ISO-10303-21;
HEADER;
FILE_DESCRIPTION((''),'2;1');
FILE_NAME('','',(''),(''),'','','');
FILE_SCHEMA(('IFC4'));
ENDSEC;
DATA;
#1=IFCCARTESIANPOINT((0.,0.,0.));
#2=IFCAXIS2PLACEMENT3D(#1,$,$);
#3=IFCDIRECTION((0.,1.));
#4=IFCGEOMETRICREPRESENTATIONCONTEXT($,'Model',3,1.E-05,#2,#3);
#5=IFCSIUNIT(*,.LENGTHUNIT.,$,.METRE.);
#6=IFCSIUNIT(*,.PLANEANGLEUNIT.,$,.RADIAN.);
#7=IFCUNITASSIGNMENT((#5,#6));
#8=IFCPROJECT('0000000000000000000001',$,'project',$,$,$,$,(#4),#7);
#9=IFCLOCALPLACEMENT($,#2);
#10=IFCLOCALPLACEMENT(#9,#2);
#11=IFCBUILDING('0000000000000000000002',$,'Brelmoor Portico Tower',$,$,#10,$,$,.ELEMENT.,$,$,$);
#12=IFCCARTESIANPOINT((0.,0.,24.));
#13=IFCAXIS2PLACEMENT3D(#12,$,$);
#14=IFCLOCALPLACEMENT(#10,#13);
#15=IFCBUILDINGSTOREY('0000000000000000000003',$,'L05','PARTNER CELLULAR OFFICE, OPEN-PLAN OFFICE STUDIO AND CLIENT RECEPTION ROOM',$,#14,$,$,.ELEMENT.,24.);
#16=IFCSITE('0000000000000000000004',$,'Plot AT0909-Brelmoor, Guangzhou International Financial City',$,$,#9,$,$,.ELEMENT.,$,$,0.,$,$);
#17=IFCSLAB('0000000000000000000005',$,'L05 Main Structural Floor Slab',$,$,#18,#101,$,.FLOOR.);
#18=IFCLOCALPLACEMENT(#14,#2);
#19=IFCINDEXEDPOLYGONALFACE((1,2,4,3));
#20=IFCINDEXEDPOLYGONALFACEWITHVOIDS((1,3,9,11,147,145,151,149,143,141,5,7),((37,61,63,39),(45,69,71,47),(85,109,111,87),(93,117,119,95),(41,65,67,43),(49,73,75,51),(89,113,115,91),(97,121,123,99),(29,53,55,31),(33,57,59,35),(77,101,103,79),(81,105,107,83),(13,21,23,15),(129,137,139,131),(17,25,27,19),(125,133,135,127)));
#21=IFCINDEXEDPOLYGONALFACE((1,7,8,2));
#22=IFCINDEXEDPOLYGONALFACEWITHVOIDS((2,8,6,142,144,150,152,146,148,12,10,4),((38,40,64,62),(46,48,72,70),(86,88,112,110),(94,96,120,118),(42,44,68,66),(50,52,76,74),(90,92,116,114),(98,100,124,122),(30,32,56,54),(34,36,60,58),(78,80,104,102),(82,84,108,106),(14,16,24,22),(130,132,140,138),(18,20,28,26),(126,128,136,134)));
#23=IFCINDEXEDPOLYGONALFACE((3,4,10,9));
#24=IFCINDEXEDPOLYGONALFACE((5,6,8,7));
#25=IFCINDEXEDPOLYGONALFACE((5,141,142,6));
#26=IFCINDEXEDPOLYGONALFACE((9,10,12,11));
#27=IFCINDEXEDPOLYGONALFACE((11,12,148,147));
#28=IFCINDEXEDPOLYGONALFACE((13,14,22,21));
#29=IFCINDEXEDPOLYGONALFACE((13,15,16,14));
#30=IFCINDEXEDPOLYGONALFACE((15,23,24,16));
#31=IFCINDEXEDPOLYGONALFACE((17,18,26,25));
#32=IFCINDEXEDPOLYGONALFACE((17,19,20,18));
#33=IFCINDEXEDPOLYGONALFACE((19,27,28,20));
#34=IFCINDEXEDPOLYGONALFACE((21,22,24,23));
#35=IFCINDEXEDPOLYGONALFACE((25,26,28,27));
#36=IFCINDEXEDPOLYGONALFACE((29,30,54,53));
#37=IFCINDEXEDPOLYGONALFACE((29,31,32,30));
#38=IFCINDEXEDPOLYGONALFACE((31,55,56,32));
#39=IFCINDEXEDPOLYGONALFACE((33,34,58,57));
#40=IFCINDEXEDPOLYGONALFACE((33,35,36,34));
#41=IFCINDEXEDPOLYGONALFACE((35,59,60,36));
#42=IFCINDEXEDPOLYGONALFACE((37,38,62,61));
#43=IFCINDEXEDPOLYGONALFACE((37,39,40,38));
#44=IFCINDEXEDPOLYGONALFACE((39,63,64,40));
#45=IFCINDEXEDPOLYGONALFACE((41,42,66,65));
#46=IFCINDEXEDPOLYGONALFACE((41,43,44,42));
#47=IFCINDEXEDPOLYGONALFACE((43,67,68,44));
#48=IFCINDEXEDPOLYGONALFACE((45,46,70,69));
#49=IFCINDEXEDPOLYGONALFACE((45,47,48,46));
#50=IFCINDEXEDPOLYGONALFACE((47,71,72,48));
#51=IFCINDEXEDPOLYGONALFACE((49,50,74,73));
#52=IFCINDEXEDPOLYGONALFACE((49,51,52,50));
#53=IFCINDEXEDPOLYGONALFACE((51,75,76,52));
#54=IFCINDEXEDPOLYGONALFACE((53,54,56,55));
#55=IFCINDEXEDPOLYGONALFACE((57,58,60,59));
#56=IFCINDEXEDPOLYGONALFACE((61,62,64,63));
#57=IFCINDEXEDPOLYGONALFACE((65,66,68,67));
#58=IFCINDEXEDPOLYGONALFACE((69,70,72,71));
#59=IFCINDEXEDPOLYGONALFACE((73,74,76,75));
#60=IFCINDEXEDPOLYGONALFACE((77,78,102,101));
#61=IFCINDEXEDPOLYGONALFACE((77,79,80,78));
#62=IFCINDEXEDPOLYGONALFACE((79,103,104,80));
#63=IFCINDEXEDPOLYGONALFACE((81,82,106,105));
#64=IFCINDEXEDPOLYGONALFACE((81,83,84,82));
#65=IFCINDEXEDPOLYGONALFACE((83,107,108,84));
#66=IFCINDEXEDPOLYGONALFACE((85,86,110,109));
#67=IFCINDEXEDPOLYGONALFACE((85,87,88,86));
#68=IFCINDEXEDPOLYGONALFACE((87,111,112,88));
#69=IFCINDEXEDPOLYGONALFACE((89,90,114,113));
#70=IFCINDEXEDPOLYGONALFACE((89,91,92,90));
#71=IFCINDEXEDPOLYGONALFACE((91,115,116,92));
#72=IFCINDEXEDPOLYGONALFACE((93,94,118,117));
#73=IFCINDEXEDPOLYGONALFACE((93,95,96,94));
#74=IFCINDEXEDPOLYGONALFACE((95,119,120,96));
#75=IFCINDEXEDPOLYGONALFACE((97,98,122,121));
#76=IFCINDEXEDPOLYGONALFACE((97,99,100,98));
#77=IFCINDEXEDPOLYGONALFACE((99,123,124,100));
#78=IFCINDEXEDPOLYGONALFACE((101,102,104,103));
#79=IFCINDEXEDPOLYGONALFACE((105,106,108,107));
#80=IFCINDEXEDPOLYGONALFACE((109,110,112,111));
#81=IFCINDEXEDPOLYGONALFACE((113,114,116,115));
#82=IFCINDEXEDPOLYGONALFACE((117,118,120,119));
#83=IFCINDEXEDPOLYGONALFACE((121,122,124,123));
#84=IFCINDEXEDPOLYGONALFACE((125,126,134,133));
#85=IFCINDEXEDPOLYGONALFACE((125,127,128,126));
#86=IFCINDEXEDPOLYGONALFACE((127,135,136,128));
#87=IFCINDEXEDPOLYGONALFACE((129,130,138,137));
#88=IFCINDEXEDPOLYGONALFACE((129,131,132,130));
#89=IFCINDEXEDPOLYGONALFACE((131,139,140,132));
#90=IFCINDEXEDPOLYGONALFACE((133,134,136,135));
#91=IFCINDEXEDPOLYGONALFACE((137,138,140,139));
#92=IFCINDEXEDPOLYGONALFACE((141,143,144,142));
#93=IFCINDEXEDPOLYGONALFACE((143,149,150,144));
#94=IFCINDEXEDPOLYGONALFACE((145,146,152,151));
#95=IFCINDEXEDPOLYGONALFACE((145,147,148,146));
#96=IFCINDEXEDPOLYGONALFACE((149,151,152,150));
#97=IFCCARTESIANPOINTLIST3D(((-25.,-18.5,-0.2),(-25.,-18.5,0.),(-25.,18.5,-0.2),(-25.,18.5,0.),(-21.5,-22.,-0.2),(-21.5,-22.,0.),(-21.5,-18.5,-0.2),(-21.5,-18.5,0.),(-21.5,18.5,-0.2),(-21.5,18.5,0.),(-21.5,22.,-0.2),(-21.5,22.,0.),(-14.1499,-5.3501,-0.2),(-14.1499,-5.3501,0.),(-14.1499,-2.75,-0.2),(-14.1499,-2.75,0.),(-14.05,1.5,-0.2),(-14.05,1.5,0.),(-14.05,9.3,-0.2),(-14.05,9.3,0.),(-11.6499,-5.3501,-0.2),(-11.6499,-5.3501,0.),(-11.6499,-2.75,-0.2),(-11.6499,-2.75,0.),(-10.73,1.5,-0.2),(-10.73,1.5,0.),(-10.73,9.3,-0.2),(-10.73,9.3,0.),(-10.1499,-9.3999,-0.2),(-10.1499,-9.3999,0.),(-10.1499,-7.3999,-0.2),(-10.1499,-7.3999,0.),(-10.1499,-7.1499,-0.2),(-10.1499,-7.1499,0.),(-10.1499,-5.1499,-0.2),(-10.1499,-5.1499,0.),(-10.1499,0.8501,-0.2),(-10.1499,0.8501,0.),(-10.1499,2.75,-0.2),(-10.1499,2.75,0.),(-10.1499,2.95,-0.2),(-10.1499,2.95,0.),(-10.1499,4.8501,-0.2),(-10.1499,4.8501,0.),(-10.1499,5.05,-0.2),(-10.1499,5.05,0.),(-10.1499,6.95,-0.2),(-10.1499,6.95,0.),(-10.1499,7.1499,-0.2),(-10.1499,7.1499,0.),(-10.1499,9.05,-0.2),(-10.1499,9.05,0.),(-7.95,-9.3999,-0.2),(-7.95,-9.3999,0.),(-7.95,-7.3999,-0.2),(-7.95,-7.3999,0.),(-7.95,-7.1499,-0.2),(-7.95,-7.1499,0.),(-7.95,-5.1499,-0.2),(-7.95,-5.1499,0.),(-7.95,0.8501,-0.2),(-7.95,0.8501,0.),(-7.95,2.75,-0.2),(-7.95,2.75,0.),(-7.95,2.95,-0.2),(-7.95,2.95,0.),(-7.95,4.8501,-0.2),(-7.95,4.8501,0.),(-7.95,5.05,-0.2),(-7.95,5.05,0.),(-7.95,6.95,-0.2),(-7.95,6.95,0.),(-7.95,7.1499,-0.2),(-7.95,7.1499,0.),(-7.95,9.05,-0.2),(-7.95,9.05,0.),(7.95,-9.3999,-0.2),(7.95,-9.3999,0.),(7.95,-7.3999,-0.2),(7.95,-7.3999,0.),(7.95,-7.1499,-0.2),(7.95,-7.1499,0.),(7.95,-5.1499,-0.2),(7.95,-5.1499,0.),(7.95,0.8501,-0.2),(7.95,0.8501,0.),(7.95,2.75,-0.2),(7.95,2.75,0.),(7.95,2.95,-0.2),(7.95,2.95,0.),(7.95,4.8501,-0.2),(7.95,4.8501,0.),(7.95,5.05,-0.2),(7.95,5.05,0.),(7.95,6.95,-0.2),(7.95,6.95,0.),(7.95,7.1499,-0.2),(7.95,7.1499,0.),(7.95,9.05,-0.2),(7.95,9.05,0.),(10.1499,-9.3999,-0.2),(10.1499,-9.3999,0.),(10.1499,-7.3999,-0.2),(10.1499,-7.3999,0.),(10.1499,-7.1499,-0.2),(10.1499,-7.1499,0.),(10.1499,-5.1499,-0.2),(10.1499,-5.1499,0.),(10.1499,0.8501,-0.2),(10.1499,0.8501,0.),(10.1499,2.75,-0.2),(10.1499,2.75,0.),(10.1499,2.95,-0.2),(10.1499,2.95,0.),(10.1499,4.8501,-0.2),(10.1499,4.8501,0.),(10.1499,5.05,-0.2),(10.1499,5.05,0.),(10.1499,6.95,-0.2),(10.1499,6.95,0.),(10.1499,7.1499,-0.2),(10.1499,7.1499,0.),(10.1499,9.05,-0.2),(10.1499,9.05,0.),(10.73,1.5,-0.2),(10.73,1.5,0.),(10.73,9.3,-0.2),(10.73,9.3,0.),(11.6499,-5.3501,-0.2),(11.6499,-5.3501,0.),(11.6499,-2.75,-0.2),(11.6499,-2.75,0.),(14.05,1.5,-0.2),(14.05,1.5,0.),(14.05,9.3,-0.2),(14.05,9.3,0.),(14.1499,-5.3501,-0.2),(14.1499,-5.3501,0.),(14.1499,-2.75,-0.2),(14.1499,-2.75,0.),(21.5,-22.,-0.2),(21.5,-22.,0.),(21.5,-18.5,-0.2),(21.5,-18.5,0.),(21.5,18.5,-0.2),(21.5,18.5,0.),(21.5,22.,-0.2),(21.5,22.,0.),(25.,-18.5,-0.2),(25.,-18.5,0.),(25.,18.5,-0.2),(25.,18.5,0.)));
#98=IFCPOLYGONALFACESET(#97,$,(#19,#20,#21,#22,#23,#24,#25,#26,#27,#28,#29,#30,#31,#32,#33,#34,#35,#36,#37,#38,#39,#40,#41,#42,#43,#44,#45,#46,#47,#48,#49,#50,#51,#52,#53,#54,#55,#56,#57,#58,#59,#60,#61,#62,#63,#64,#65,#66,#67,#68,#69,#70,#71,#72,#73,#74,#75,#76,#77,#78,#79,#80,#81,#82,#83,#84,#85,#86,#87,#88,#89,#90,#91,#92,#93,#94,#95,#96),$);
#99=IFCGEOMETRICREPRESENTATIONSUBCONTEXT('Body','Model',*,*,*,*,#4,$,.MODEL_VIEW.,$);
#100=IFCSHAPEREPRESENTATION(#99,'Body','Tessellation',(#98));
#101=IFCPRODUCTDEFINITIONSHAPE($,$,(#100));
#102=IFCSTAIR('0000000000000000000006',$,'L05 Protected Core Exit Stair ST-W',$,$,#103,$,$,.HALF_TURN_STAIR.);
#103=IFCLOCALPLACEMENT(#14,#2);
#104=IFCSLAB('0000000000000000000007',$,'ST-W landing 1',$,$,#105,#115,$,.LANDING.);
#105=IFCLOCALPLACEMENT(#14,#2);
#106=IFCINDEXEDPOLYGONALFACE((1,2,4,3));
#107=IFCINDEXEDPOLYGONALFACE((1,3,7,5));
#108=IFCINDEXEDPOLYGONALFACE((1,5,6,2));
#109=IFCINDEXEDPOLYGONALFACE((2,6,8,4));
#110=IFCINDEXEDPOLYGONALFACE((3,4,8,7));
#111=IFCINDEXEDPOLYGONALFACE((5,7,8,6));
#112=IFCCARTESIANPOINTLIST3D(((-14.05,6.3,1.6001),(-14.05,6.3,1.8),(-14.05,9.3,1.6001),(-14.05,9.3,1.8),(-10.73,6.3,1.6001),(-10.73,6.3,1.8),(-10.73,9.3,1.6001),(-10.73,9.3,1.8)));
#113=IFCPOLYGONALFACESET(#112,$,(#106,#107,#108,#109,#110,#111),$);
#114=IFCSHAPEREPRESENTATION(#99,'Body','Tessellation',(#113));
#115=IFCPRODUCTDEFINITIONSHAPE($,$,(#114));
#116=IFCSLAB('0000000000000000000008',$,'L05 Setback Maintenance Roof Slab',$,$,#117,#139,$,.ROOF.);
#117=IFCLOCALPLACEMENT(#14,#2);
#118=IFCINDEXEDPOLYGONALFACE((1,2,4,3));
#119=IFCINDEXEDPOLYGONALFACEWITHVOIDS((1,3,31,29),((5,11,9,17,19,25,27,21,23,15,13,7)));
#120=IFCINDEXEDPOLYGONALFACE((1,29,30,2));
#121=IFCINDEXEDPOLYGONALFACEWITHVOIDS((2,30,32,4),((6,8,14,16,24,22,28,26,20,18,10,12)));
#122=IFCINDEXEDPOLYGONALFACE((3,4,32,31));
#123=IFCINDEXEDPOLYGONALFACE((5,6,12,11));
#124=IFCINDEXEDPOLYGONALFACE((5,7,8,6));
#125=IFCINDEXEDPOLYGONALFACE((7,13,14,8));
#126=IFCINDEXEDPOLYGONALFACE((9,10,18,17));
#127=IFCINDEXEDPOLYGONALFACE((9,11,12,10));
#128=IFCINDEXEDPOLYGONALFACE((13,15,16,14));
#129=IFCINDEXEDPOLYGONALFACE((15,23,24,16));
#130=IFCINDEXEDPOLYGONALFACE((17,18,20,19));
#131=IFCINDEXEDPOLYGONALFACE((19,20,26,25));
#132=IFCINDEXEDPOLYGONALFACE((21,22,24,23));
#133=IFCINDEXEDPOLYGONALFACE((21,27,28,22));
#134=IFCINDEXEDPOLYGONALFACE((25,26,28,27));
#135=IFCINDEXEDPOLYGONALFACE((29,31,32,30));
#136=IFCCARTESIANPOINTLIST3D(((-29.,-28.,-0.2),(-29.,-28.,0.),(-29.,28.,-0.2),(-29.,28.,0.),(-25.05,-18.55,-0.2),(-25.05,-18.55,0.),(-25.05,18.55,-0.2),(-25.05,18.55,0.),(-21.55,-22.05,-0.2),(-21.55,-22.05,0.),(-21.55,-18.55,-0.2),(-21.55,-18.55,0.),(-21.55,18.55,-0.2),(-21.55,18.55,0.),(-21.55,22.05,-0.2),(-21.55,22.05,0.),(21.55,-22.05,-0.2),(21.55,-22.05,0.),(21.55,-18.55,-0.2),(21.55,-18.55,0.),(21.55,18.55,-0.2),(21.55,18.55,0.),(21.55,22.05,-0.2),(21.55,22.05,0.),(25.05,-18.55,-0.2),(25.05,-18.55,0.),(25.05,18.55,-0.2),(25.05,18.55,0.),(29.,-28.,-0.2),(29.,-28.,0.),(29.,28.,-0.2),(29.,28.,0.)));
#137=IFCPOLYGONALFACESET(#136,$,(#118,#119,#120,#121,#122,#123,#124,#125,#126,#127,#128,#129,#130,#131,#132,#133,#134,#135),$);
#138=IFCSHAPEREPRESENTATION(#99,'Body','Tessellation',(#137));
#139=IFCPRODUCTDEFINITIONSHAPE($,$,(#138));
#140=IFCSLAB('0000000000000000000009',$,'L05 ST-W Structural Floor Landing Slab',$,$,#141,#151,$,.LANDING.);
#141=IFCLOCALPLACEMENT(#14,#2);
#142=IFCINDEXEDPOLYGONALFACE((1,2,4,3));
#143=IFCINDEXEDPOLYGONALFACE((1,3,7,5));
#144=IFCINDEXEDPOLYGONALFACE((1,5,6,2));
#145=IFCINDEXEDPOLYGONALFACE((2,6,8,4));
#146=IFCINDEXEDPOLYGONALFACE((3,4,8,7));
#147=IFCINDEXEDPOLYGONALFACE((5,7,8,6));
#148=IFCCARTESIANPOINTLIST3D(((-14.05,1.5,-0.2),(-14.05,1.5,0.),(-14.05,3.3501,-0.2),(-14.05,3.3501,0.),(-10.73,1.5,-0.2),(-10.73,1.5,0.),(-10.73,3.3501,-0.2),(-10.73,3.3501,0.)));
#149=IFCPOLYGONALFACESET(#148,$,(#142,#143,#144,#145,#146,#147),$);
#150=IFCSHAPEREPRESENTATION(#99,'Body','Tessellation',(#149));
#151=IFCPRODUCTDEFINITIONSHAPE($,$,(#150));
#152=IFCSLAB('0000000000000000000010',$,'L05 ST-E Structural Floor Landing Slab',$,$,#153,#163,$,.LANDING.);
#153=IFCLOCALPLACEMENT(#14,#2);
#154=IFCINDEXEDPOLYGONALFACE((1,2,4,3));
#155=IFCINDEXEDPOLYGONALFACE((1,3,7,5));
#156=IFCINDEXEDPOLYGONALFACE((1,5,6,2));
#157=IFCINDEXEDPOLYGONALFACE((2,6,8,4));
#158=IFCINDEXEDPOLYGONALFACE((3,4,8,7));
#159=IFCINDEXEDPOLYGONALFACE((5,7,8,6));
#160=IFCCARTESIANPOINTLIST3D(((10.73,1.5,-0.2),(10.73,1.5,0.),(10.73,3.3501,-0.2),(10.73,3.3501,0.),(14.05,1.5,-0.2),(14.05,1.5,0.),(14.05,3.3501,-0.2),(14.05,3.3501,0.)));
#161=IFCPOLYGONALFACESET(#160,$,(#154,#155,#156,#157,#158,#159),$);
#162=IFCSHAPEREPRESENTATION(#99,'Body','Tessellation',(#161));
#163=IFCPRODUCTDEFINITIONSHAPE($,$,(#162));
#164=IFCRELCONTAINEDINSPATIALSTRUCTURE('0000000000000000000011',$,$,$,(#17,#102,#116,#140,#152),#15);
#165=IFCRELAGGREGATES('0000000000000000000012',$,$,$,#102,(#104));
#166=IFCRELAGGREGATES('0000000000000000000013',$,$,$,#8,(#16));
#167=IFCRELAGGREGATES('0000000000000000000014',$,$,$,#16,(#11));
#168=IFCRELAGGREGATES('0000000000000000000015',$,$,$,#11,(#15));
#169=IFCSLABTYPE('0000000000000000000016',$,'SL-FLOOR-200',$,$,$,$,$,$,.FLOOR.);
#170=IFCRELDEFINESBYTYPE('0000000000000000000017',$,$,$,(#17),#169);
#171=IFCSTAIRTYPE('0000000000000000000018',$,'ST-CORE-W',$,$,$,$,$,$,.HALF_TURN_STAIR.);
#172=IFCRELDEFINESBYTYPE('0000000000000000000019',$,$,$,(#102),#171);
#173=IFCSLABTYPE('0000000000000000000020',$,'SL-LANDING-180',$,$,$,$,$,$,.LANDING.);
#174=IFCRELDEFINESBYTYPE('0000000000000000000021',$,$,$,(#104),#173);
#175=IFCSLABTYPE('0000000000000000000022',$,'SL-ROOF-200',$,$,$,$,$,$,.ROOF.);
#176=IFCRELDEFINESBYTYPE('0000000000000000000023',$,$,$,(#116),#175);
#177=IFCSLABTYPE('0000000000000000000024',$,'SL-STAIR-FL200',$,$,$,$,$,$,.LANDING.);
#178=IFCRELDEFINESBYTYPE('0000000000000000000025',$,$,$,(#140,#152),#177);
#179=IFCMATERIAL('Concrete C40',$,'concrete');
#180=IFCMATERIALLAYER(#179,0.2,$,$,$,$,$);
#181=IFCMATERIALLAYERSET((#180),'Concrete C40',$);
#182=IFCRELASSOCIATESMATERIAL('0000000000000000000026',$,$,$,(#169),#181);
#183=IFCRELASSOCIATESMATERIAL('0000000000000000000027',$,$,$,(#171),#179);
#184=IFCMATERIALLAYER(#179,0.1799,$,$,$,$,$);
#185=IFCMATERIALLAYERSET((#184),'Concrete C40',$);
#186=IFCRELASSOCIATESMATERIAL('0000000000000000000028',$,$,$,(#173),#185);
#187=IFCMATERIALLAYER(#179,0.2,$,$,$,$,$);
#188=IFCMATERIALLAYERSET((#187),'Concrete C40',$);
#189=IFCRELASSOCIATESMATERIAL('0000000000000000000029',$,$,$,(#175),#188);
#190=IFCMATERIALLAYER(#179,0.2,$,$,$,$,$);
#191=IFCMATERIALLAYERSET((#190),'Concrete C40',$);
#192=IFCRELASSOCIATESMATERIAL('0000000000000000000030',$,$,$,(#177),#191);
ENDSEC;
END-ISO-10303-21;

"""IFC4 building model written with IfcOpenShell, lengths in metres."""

from ifc_helpers import new_model, si_unit, direction, frame, origin, place, context, subcontext, project, spatial, polyline, outline, extrude, material, layer, layer_set, type_object, element, aggregate, save


model = new_model("IFC4")

# Units and contexts
model_context = context("Model", 3, precision=1e-05, world=origin(), true_north=direction((0.0, 1.0)))
body_context = subcontext(model_context, "Body", "Model", "MODEL_VIEW")
ifc_project = project(units=[si_unit("LENGTHUNIT", "METRE"), si_unit("PLANEANGLEUNIT", "RADIAN")], contexts=[model_context])

# Site, building, storey
site_placement = place(None, origin())
site = spatial("IfcSite", under=ifc_project, at=site_placement, Name="Plot AT0909-Brelmoor, Guangzhou International Financial City", CompositionType="ELEMENT", RefElevation=0.0)
building_placement = place(site_placement, origin())
building = spatial("IfcBuilding", under=site, at=building_placement, Name="Brelmoor Portico Tower", CompositionType="ELEMENT")
storey_placement = place(building_placement, frame((0.0, 0.0, 24.0)))
storey = spatial("IfcBuildingStorey", under=building, at=storey_placement, Name="L05", Description="PARTNER CELLULAR OFFICE, OPEN-PLAN OFFICE STUDIO AND CLIENT RECEPTION ROOM", CompositionType="ELEMENT", Elevation=24.0)

# Slab
ifc_material_1 = material(Name="Concrete C40", Category="concrete")
ifc_layer_1 = layer(ifc_material_1, 0.2)
ifc_layer_set_1 = layer_set([ifc_layer_1], Name="Concrete C40")
slab_type_1 = type_object("IfcSlabType", Name="SL-FLOOR-200", PredefinedType="FLOOR", material=ifc_layer_set_1)
slab_1_placement = place(storey_placement, frame((0.0, 0.0, -0.2)))
element("IfcSlab", 1, at=slab_1_placement, inside=storey, type_object=slab_type_1, Name="L05 Main Structural Floor Slab", PredefinedType="FLOOR", context=body_context, shape_type="SweptSolid", body=[
    extrude(outline(polyline([(-21.5, -22.0), (21.5, -22.0), (21.5, -18.5), (25.0, -18.5), (25.0, 18.5), (21.5, 18.5), (21.5, 22.0), (-21.5, 22.0), (-21.5, 18.5), (-25.0, 18.5), (-25.0, -18.5), (-21.5, -18.5), (-21.5, -22.0)]), holes=[polyline([(-10.73, 1.5), (-10.73, 9.3), (-14.05, 9.3), (-14.05, 1.5), (-10.73, 1.5)]), polyline([(14.05, 1.5), (14.05, 9.3), (10.73, 9.3), (10.73, 1.5), (14.05, 1.5)]), polyline([(-10.1499, 0.8501), (-7.95, 0.8501), (-7.95, 2.75), (-10.1499, 2.75), (-10.1499, 0.8501)]), polyline([(-10.1499, 2.95), (-7.95, 2.95), (-7.95, 4.8501), (-10.1499, 4.8501), (-10.1499, 2.95)]), polyline([(-10.1499, 5.05), (-7.95, 5.05), (-7.95, 6.95), (-10.1499, 6.95), (-10.1499, 5.05)]), polyline([(-10.1499, 7.1499), (-7.95, 7.1499), (-7.95, 9.05), (-10.1499, 9.05), (-10.1499, 7.1499)]), polyline([(7.95, 0.8501), (10.1499, 0.8501), (10.1499, 2.75), (7.95, 2.75), (7.95, 0.8501)]), polyline([(7.95, 2.95), (10.1499, 2.95), (10.1499, 4.8501), (7.95, 4.8501), (7.95, 2.95)]), polyline([(7.95, 5.05), (10.1499, 5.05), (10.1499, 6.95), (7.95, 6.95), (7.95, 5.05)]), polyline([(7.95, 7.1499), (10.1499, 7.1499), (10.1499, 9.05), (7.95, 9.05), (7.95, 7.1499)]), polyline([(-10.1499, -9.3999), (-7.95, -9.3999), (-7.95, -7.3999), (-10.1499, -7.3999), (-10.1499, -9.3999)]), polyline([(-10.1499, -7.1499), (-7.95, -7.1499), (-7.95, -5.1499), (-10.1499, -5.1499), (-10.1499, -7.1499)]), polyline([(7.95, -9.3999), (10.1499, -9.3999), (10.1499, -7.3999), (7.95, -7.3999), (7.95, -9.3999)]), polyline([(7.95, -7.1499), (10.1499, -7.1499), (10.1499, -5.1499), (7.95, -5.1499), (7.95, -7.1499)]), polyline([(-14.1499, -5.3501), (-11.6499, -5.3501), (-11.6499, -2.75), (-14.1499, -2.75), (-14.1499, -5.3501)]), polyline([(11.6499, -5.3501), (14.1499, -5.3501), (14.1499, -2.75), (11.6499, -2.75), (11.6499, -5.3501)])]), origin(), (0.0, 0.0, 1.0), 0.2),
])

# Stair, slab
stair_type = type_object("IfcStairType", Name="ST-CORE-W", PredefinedType="HALF_TURN_STAIR", material=ifc_material_1)
stair_placement = place(storey_placement, origin())
stair = element("IfcStair", 2, at=stair_placement, inside=storey, type_object=stair_type, Name="L05 Protected Core Exit Stair ST-W", PredefinedType="HALF_TURN_STAIR")
ifc_layer_2 = layer(ifc_material_1, 0.1799)
ifc_layer_set_2 = layer_set([ifc_layer_2], Name="Concrete C40")
slab_type_2 = type_object("IfcSlabType", Name="SL-LANDING-180", PredefinedType="LANDING", material=ifc_layer_set_2)
slab_2_placement = place(storey_placement, frame((0.0, 0.0, 1.6001)))
slab_2 = element("IfcSlab", 3, at=slab_2_placement, type_object=slab_type_2, Name="ST-W landing 1", PredefinedType="LANDING", context=body_context, shape_type="SweptSolid", body=[
    extrude(outline(polyline([(-10.73, 6.3), (-10.73, 9.3), (-14.05, 9.3), (-14.05, 6.3), (-10.73, 6.3)])), origin(), (0.0, 0.0, 1.0), 0.2),
])
aggregate(stair, [slab_2])

# Slabs
ifc_layer_3 = layer(ifc_material_1, 0.2)
ifc_layer_set_3 = layer_set([ifc_layer_3], Name="Concrete C40")
slab_type_3 = type_object("IfcSlabType", Name="SL-ROOF-200", PredefinedType="ROOF", material=ifc_layer_set_3)
slab_3_placement = place(storey_placement, frame((0.0, 0.0, -0.2)))
element("IfcSlab", 4, at=slab_3_placement, inside=storey, type_object=slab_type_3, Name="L05 Setback Maintenance Roof Slab", PredefinedType="ROOF", context=body_context, shape_type="SweptSolid", body=[
    extrude(outline(polyline([(-29.0, -28.0), (29.0, -28.0), (29.0, 28.0), (-29.0, 28.0), (-29.0, -28.0)]), holes=[polyline([(-21.55, -22.05), (21.55, -22.05), (21.55, -18.55), (25.05, -18.55), (25.05, 18.55), (21.55, 18.55), (21.55, 22.05), (-21.55, 22.05), (-21.55, 18.55), (-25.05, 18.55), (-25.05, -18.55), (-21.55, -18.55), (-21.55, -22.05)])]), origin(), (0.0, 0.0, 1.0), 0.2),
])
ifc_layer_4 = layer(ifc_material_1, 0.2)
ifc_layer_set_4 = layer_set([ifc_layer_4], Name="Concrete C40")
slab_type_4 = type_object("IfcSlabType", Name="SL-STAIR-FL200", PredefinedType="LANDING", material=ifc_layer_set_4)
slab_4_placement = place(storey_placement, frame((0.0, 0.0, -0.2)))
element("IfcSlab", 5, at=slab_4_placement, inside=storey, type_object=slab_type_4, Name="L05 ST-W Structural Floor Landing Slab", PredefinedType="LANDING", context=body_context, shape_type="SweptSolid", body=[
    extrude(outline(polyline([(-10.73, 1.5), (-10.73, 3.3501), (-14.05, 3.3501), (-14.05, 1.5), (-10.73, 1.5)])), origin(), (0.0, 0.0, 1.0), 0.2),
])
slab_5_placement = place(storey_placement, frame((0.0, 0.0, -0.2)))
element("IfcSlab", 6, at=slab_5_placement, inside=storey, type_object=slab_type_4, Name="L05 ST-E Structural Floor Landing Slab", PredefinedType="LANDING", context=body_context, shape_type="SweptSolid", body=[
    extrude(outline(polyline([(14.05, 1.5), (14.05, 3.3501), (10.73, 3.3501), (10.73, 1.5), (14.05, 1.5)])), origin(), (0.0, 0.0, 1.0), 0.2),
])

save(model, "model.ifc")
